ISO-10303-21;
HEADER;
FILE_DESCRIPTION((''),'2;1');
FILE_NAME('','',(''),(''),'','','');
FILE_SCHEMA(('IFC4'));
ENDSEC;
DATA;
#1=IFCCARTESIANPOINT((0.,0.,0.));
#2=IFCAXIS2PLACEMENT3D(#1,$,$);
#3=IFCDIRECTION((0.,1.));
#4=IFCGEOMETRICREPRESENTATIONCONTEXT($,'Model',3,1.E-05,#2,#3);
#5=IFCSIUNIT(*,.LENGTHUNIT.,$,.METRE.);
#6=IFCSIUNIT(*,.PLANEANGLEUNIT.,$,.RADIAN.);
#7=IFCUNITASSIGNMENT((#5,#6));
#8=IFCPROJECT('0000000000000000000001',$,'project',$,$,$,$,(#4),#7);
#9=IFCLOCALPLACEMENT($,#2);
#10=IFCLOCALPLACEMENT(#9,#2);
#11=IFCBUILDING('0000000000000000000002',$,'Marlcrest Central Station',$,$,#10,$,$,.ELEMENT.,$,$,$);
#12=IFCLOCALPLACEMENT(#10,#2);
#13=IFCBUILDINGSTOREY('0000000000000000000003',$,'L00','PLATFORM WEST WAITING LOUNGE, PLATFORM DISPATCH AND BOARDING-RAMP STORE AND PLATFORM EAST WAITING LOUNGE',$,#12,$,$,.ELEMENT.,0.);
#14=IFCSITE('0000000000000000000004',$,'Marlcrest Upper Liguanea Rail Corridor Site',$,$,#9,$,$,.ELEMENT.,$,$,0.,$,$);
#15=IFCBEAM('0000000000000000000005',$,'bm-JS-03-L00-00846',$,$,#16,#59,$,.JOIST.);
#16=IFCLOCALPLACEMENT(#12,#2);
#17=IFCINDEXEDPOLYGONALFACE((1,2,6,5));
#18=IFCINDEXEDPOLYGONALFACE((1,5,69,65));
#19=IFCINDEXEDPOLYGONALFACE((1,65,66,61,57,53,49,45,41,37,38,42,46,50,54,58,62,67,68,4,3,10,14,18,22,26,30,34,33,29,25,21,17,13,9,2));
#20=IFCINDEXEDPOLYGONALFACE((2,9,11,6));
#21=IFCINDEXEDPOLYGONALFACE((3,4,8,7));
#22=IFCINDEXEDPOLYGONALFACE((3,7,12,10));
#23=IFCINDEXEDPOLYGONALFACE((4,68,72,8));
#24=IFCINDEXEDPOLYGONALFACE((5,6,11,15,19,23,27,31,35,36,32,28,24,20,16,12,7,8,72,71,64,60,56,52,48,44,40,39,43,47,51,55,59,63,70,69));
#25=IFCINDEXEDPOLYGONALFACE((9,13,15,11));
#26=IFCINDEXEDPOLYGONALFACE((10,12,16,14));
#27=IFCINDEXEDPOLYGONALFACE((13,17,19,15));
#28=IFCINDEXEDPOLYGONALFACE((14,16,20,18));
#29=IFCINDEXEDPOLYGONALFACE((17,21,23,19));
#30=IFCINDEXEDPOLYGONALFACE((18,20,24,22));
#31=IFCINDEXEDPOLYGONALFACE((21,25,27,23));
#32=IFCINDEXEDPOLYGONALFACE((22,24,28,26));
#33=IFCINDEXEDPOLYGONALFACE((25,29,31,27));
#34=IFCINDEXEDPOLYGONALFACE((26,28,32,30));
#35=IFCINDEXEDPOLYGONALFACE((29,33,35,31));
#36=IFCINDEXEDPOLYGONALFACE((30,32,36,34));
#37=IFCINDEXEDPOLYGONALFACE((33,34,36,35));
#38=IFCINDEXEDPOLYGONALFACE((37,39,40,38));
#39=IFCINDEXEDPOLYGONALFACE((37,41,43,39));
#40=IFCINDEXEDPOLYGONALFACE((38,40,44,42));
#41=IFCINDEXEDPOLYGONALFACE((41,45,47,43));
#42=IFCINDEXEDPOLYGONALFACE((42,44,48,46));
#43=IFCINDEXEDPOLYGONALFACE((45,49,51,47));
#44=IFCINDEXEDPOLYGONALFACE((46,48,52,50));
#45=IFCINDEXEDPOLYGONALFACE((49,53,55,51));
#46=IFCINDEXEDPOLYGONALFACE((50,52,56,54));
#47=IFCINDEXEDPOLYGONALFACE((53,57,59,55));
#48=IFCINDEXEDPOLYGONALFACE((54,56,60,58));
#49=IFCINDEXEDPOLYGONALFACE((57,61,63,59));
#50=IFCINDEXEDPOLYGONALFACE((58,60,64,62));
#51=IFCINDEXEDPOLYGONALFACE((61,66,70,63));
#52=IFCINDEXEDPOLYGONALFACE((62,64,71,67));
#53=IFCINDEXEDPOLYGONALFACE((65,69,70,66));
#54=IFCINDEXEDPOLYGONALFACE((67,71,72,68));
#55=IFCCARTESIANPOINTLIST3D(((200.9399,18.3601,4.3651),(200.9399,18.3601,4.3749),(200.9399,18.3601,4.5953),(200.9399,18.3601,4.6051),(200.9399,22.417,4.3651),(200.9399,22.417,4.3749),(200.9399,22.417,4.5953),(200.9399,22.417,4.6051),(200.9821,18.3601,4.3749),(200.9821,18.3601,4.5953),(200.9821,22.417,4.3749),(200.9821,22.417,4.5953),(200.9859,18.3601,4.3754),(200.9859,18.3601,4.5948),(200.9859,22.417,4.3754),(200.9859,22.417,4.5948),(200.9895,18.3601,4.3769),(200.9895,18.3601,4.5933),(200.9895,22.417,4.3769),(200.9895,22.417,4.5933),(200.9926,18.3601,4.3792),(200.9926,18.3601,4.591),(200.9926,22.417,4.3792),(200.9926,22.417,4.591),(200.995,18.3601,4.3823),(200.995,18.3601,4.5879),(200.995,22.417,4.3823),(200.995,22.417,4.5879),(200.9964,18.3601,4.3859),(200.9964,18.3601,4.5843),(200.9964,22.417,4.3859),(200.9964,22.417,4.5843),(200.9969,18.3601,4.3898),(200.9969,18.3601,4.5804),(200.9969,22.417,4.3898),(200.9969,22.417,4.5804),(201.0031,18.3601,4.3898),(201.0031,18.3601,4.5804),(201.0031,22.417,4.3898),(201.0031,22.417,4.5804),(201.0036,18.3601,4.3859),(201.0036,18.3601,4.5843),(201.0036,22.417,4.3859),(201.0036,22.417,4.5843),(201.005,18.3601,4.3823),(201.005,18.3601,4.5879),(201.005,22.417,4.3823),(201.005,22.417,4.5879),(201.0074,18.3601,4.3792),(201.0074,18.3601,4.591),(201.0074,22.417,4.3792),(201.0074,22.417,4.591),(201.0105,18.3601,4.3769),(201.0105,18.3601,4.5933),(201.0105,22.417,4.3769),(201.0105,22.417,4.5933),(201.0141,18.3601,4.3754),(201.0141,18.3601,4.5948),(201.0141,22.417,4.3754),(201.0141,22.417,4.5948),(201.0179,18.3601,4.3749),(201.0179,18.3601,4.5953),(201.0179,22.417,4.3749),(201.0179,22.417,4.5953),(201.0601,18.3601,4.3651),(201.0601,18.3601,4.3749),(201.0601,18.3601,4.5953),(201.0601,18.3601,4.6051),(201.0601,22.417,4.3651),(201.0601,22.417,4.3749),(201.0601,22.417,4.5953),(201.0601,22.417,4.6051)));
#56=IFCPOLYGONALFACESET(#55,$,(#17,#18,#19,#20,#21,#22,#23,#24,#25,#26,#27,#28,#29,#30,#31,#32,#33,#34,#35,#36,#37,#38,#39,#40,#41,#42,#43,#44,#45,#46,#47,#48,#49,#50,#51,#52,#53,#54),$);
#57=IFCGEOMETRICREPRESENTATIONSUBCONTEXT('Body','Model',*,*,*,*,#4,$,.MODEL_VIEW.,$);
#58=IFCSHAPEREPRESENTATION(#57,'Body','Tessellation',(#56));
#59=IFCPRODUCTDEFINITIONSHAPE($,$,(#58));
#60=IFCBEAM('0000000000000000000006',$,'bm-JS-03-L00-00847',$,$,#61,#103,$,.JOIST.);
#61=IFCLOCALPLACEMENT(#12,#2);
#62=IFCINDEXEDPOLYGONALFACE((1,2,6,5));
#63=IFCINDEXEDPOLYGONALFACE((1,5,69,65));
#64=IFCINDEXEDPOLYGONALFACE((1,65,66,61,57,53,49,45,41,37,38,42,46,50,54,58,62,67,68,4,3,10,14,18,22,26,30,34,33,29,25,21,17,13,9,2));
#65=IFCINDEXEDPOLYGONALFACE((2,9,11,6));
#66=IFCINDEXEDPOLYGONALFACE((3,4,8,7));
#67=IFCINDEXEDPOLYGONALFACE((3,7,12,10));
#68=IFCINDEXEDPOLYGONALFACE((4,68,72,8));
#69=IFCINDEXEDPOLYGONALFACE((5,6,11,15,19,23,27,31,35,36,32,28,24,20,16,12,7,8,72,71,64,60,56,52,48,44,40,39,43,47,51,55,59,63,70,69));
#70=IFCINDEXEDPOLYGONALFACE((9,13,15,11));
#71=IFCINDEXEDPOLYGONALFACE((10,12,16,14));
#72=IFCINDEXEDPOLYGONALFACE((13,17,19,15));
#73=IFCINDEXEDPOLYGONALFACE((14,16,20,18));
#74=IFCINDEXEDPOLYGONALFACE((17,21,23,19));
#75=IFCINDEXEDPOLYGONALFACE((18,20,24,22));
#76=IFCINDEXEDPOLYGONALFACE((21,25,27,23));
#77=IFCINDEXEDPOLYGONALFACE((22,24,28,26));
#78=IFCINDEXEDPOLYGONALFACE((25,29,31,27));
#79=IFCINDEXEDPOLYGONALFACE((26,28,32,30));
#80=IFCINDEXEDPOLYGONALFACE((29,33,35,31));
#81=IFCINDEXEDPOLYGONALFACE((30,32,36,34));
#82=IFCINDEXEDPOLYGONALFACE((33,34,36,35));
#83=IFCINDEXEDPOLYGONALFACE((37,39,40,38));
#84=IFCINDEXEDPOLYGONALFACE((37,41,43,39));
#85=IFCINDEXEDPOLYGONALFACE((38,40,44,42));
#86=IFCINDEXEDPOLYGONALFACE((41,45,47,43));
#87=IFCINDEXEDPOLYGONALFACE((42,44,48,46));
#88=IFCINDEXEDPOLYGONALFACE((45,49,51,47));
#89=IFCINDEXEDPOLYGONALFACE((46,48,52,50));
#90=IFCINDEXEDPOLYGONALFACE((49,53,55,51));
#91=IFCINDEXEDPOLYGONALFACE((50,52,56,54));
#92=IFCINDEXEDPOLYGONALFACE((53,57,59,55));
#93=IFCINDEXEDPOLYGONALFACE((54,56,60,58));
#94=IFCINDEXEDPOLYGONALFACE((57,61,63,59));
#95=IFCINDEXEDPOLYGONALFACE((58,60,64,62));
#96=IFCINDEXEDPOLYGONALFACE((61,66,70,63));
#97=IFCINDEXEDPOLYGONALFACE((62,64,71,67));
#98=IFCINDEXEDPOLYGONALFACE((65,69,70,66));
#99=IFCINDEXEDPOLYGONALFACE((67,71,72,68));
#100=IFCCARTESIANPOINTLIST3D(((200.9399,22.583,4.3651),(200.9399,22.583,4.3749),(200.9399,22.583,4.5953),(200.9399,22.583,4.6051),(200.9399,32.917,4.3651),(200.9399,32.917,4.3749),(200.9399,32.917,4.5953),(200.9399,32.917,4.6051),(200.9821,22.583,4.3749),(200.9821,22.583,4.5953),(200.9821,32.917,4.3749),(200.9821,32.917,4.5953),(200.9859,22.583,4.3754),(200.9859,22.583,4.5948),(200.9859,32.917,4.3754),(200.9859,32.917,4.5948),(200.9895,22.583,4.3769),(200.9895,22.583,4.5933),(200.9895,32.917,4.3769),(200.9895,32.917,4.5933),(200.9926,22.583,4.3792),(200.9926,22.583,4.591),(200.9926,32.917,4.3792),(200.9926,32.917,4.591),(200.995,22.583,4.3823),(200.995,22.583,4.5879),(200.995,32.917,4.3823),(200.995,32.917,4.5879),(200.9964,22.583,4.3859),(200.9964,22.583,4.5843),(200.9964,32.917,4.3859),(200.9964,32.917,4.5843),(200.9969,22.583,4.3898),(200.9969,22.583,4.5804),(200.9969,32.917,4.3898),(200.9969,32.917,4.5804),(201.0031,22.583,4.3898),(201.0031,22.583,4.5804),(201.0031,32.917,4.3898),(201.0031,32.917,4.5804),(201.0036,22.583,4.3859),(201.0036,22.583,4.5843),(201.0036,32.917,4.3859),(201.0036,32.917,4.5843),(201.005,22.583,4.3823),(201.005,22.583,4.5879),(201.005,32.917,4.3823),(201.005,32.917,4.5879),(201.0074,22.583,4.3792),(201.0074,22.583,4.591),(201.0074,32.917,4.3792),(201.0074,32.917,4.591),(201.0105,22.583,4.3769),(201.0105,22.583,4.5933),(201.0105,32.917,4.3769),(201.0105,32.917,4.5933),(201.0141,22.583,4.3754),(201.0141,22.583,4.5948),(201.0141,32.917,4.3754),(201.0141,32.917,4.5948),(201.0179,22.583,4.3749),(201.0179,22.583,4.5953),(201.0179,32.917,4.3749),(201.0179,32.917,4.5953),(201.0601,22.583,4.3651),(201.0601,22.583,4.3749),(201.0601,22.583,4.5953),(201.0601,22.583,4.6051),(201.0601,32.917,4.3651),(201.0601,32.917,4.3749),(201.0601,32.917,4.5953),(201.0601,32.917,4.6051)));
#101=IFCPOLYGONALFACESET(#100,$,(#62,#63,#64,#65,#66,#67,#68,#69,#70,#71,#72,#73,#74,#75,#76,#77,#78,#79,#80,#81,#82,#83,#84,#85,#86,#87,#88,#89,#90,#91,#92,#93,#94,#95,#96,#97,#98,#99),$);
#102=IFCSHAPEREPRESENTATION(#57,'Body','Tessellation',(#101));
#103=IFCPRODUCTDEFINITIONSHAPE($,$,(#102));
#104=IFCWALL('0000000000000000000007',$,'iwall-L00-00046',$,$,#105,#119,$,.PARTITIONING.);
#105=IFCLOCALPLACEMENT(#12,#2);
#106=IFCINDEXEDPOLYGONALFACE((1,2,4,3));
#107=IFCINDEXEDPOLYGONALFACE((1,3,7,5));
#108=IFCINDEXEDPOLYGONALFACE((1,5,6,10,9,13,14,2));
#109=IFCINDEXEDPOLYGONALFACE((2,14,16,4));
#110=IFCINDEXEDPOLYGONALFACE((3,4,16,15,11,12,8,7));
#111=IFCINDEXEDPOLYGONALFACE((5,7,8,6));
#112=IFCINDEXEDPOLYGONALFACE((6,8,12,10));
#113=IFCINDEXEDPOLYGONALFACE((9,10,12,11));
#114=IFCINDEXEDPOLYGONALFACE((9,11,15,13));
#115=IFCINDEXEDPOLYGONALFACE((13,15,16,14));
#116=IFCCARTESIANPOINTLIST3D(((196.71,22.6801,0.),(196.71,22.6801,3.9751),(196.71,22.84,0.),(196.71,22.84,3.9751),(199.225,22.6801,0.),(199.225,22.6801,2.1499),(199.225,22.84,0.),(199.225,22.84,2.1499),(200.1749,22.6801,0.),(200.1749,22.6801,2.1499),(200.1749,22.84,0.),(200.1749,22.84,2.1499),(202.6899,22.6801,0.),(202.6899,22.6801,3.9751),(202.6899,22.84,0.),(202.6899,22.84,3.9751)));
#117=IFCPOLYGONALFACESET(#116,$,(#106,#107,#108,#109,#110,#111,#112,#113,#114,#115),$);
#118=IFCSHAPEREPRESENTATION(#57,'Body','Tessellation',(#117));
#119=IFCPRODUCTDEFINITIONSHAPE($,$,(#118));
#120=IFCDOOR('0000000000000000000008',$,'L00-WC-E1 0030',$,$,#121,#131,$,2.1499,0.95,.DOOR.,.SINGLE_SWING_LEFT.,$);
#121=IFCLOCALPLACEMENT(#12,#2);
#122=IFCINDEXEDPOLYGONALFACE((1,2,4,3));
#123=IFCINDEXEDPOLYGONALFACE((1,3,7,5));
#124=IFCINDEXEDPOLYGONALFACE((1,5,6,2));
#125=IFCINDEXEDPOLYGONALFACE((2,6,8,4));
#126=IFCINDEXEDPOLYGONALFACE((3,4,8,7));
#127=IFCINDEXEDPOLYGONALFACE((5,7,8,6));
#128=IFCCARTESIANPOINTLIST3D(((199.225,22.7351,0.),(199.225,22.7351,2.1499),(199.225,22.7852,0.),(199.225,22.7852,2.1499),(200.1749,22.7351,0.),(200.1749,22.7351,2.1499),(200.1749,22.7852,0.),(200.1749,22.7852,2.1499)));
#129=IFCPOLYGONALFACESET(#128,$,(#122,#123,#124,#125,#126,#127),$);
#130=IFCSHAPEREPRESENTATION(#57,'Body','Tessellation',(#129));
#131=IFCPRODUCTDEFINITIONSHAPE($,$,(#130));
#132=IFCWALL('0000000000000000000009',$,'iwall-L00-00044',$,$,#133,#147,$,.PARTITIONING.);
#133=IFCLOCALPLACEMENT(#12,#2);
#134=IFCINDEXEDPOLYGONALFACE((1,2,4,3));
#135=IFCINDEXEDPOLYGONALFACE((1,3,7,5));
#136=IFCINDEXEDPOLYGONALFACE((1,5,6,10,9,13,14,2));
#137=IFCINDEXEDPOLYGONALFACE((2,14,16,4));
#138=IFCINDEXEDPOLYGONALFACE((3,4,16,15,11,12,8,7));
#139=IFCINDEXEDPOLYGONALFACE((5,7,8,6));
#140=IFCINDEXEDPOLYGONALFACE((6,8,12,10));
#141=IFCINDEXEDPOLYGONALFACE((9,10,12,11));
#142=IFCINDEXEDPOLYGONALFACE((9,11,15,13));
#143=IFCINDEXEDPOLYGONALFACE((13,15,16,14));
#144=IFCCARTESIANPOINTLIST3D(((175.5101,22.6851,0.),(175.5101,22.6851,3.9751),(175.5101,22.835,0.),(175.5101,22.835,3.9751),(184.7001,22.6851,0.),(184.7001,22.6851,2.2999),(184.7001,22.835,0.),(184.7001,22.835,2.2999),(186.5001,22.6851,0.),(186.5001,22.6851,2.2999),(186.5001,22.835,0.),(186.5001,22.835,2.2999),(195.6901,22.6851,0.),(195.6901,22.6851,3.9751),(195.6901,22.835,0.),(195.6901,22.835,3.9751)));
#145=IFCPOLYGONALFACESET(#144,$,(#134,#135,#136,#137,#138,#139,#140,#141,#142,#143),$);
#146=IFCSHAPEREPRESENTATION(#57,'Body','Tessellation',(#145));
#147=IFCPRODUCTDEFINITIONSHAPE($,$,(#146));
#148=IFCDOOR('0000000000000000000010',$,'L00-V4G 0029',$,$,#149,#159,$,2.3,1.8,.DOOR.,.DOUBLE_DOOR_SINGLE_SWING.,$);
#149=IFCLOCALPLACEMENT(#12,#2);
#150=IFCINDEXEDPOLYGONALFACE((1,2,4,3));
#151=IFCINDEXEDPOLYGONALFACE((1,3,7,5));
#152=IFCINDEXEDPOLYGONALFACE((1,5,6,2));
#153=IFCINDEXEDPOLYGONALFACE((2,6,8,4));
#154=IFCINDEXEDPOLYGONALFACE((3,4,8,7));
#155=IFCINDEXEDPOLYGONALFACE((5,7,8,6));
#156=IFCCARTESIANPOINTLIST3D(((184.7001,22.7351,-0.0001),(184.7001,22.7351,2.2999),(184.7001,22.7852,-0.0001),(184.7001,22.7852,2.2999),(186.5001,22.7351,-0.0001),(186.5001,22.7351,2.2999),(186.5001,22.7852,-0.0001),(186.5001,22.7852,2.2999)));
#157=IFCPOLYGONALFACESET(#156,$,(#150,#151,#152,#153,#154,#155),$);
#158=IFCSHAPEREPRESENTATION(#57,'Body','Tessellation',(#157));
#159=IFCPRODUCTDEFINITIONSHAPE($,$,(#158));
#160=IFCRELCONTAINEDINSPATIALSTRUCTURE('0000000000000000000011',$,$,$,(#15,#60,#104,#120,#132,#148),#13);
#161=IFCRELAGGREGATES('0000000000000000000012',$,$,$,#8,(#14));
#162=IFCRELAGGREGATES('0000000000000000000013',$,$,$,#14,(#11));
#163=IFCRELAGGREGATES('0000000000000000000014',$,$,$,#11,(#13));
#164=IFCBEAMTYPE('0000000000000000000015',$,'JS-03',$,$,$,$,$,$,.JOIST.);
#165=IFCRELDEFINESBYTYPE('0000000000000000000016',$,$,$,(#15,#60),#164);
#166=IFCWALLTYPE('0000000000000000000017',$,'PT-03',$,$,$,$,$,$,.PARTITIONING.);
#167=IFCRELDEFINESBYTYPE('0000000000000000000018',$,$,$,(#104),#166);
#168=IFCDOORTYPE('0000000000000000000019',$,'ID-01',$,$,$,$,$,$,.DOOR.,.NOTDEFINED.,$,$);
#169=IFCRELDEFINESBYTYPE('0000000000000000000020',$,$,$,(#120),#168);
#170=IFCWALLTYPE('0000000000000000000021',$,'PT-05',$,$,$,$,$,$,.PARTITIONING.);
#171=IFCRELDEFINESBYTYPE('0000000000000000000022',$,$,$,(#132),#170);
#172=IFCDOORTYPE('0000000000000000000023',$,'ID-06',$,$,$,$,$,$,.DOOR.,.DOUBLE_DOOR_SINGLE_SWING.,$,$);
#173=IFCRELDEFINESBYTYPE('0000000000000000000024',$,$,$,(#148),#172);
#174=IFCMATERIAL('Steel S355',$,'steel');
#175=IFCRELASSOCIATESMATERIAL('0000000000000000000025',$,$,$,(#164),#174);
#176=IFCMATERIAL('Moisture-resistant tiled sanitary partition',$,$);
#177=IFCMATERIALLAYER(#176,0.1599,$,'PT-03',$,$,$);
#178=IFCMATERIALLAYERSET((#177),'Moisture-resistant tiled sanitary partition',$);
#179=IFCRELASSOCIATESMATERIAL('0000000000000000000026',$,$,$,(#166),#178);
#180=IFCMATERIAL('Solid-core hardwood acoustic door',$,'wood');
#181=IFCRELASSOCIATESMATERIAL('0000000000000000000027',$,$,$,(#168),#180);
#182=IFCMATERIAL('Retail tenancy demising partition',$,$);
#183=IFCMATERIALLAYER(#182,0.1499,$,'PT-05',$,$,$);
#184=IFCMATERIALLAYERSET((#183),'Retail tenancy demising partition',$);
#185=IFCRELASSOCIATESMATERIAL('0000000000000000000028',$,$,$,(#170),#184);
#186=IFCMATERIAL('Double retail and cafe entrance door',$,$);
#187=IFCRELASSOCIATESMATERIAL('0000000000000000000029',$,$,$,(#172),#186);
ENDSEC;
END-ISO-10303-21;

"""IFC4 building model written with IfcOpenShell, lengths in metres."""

from ifc_helpers import new_model, si_unit, direction, frame, frame_2d, origin, origin_2d, place, context, subcontext, project, spatial, rectangle, i_section, extrude, material, layer, layer_set, material_profile, profile_set, type_object, element, fill, save


model = new_model("IFC4")

# Units and contexts
model_context = context("Model", 3, precision=1e-05, world=origin(), true_north=direction((0.0, 1.0)))
body_context = subcontext(model_context, "Body", "Model", "MODEL_VIEW")
ifc_project = project(units=[si_unit("LENGTHUNIT", "METRE"), si_unit("PLANEANGLEUNIT", "RADIAN")], contexts=[model_context])

# Site, building, storey
site_placement = place(None, origin())
site = spatial("IfcSite", under=ifc_project, at=site_placement, Name="Marlcrest Upper Liguanea Rail Corridor Site", CompositionType="ELEMENT", RefElevation=0.0)
building_placement = place(site_placement, origin())
building = spatial("IfcBuilding", under=site, at=building_placement, Name="Marlcrest Central Station", CompositionType="ELEMENT")
storey_placement = place(building_placement, origin())
storey = spatial("IfcBuildingStorey", under=building, at=storey_placement, Name="L00", Description="PLATFORM WEST WAITING LOUNGE, PLATFORM DISPATCH AND BOARDING-RAMP STORE AND PLATFORM EAST WAITING LOUNGE", CompositionType="ELEMENT", Elevation=0.0)

# Beams
ifc_material_1 = material(Name="Steel S355", Category="steel")
ifc_material_profile_1 = material_profile(ifc_material_1, i_section(OverallWidth=0.1201, OverallDepth=0.24, WebThickness=0.0061, FlangeThickness=0.0098, FilletRadius=0.0149, at=origin_2d()), Name="IPE 240")
ifc_profile_set_1 = profile_set([ifc_material_profile_1], Name="Steel S355")
beam_type_1 = type_object("IfcBeamType", Name="JS-03", PredefinedType="JOIST", material=ifc_profile_set_1)
beam_1_placement = place(storey_placement, frame((201.0, 18.3601, 4.4851), z_axis=(0.0, 1.0, 0.0), x_axis=(-1.0, 0.0, 0.0)))
element("IfcBeam", 1, at=beam_1_placement, inside=storey, type_object=beam_type_1, Name="bm-JS-03-L00-00846", PredefinedType="JOIST", context=body_context, shape_type="SweptSolid", body=[
    extrude(i_section(OverallWidth=0.1201, OverallDepth=0.24, WebThickness=0.0061, FlangeThickness=0.0098, FilletRadius=0.0149, at=origin_2d()), origin(), (0.0, 0.0, 1.0), 4.0569),
])
beam_2_placement = place(storey_placement, frame((201.0, 22.583, 4.4851), z_axis=(0.0, 1.0, 0.0), x_axis=(-1.0, 0.0, 0.0)))
element("IfcBeam", 2, at=beam_2_placement, inside=storey, type_object=beam_type_1, Name="bm-JS-03-L00-00847", PredefinedType="JOIST", context=body_context, shape_type="SweptSolid", body=[
    extrude(i_section(OverallWidth=0.1201, OverallDepth=0.24, WebThickness=0.0061, FlangeThickness=0.0098, FilletRadius=0.0149, at=origin_2d()), origin(), (0.0, 0.0, 1.0), 10.334),
])

# Walls, openings, doors
ifc_material_2 = material(Name="Moisture-resistant tiled sanitary partition")
ifc_layer_1 = layer(ifc_material_2, 0.1599, Name="PT-03")
ifc_layer_set_1 = layer_set([ifc_layer_1], Name="Moisture-resistant tiled sanitary partition")
wall_type_1 = type_object("IfcWallType", Name="PT-03", PredefinedType="PARTITIONING", material=ifc_layer_set_1)
wall_1_placement = place(storey_placement, frame((202.6899, 22.76, 0.0), z_axis=(0.0, 0.0, 1.0), x_axis=(-1.0, 0.0, 0.0)))
wall_1 = element("IfcWall", 3, at=wall_1_placement, inside=storey, type_object=wall_type_1, Name="iwall-L00-00046", PredefinedType="PARTITIONING", context=body_context, shape_type="SweptSolid", body=[
    extrude(rectangle(XDim=5.98, YDim=0.1599, at=frame_2d((2.99, 0.0))), origin(), (0.0, 0.0, 1.0), 3.9751),
])
opening_1_placement = place(wall_1_placement, frame((2.5149, 0.0, 0.0)))
opening_1 = element("IfcOpeningElement", 4, at=opening_1_placement, cuts=wall_1, PredefinedType="OPENING", context=body_context, shape_type="SweptSolid", body=[
    extrude(rectangle(XDim=0.95, YDim=2.1499, at=frame_2d((0.4751, 1.075))), frame((0.0, 0.0898, 0.0), z_axis=(0.0, -1.0, 0.0), x_axis=(1.0, 0.0, 0.0)), (0.0, 0.0, 1.0), 0.1799),
])
ifc_material_3 = material(Name="Solid-core hardwood acoustic door", Category="wood")
door_type_1 = type_object("IfcDoorType", Name="ID-01", OperationType="NOTDEFINED", PredefinedType="DOOR", material=ifc_material_3)
door_1_placement = place(opening_1_placement, origin())
door_1 = element("IfcDoor", 5, at=door_1_placement, inside=storey, type_object=door_type_1, Name="L00-WC-E1 0030", OperationType="SINGLE_SWING_LEFT", OverallHeight=2.1499, OverallWidth=0.95, PredefinedType="DOOR", context=body_context, shape_type="SweptSolid", body=[
    extrude(rectangle(XDim=0.95, YDim=2.1499, at=frame_2d((0.4751, 1.075))), frame((0.0, 0.0249, 0.0), z_axis=(0.0, -1.0, 0.0), x_axis=(1.0, 0.0, 0.0)), (0.0, 0.0, 1.0), 0.05),
])
fill(opening_1, door_1)
ifc_material_4 = material(Name="Retail tenancy demising partition")
ifc_layer_2 = layer(ifc_material_4, 0.1499, Name="PT-05")
ifc_layer_set_2 = layer_set([ifc_layer_2], Name="Retail tenancy demising partition")
wall_type_2 = type_object("IfcWallType", Name="PT-05", PredefinedType="PARTITIONING", material=ifc_layer_set_2)
wall_2_placement = place(storey_placement, frame((195.6899, 22.76, 0.0), z_axis=(0.0, 0.0, 1.0), x_axis=(-1.0, 0.0, 0.0)))
wall_2 = element("IfcWall", 6, at=wall_2_placement, inside=storey, type_object=wall_type_2, Name="iwall-L00-00044", PredefinedType="PARTITIONING", context=body_context, shape_type="SweptSolid", body=[
    extrude(rectangle(XDim=20.1799, YDim=0.1499, at=frame_2d((10.0898, 0.0))), origin(), (0.0, 0.0, 1.0), 3.9751),
])
opening_2_placement = place(wall_2_placement, frame((9.1899, 0.0, 0.0)))
opening_2 = element("IfcOpeningElement", 7, at=opening_2_placement, cuts=wall_2, PredefinedType="OPENING", context=body_context, shape_type="SweptSolid", body=[
    extrude(rectangle(XDim=1.8, YDim=2.3, at=frame_2d((0.8999, 1.1499))), frame((0.0, 0.085, 0.0), z_axis=(0.0, -1.0, 0.0), x_axis=(1.0, 0.0, 0.0)), (0.0, 0.0, 1.0), 0.1699),
])
ifc_material_5 = material(Name="Double retail and cafe entrance door")
door_type_2 = type_object("IfcDoorType", Name="ID-06", OperationType="DOUBLE_DOOR_SINGLE_SWING", PredefinedType="DOOR", material=ifc_material_5)
door_2_placement = place(opening_2_placement, origin())
door_2 = element("IfcDoor", 8, at=door_2_placement, inside=storey, type_object=door_type_2, Name="L00-V4G 0029", OperationType="DOUBLE_DOOR_SINGLE_SWING", OverallHeight=2.3, OverallWidth=1.8, PredefinedType="DOOR", context=body_context, shape_type="SweptSolid", body=[
    extrude(rectangle(XDim=1.8, YDim=2.3, at=frame_2d((0.8999, 1.1499))), frame((0.0, 0.0249, 0.0), z_axis=(0.0, -1.0, 0.0), x_axis=(1.0, 0.0, 0.0)), (0.0, 0.0, 1.0), 0.05),
])
fill(opening_2, door_2)

save(model, "model.ifc")
